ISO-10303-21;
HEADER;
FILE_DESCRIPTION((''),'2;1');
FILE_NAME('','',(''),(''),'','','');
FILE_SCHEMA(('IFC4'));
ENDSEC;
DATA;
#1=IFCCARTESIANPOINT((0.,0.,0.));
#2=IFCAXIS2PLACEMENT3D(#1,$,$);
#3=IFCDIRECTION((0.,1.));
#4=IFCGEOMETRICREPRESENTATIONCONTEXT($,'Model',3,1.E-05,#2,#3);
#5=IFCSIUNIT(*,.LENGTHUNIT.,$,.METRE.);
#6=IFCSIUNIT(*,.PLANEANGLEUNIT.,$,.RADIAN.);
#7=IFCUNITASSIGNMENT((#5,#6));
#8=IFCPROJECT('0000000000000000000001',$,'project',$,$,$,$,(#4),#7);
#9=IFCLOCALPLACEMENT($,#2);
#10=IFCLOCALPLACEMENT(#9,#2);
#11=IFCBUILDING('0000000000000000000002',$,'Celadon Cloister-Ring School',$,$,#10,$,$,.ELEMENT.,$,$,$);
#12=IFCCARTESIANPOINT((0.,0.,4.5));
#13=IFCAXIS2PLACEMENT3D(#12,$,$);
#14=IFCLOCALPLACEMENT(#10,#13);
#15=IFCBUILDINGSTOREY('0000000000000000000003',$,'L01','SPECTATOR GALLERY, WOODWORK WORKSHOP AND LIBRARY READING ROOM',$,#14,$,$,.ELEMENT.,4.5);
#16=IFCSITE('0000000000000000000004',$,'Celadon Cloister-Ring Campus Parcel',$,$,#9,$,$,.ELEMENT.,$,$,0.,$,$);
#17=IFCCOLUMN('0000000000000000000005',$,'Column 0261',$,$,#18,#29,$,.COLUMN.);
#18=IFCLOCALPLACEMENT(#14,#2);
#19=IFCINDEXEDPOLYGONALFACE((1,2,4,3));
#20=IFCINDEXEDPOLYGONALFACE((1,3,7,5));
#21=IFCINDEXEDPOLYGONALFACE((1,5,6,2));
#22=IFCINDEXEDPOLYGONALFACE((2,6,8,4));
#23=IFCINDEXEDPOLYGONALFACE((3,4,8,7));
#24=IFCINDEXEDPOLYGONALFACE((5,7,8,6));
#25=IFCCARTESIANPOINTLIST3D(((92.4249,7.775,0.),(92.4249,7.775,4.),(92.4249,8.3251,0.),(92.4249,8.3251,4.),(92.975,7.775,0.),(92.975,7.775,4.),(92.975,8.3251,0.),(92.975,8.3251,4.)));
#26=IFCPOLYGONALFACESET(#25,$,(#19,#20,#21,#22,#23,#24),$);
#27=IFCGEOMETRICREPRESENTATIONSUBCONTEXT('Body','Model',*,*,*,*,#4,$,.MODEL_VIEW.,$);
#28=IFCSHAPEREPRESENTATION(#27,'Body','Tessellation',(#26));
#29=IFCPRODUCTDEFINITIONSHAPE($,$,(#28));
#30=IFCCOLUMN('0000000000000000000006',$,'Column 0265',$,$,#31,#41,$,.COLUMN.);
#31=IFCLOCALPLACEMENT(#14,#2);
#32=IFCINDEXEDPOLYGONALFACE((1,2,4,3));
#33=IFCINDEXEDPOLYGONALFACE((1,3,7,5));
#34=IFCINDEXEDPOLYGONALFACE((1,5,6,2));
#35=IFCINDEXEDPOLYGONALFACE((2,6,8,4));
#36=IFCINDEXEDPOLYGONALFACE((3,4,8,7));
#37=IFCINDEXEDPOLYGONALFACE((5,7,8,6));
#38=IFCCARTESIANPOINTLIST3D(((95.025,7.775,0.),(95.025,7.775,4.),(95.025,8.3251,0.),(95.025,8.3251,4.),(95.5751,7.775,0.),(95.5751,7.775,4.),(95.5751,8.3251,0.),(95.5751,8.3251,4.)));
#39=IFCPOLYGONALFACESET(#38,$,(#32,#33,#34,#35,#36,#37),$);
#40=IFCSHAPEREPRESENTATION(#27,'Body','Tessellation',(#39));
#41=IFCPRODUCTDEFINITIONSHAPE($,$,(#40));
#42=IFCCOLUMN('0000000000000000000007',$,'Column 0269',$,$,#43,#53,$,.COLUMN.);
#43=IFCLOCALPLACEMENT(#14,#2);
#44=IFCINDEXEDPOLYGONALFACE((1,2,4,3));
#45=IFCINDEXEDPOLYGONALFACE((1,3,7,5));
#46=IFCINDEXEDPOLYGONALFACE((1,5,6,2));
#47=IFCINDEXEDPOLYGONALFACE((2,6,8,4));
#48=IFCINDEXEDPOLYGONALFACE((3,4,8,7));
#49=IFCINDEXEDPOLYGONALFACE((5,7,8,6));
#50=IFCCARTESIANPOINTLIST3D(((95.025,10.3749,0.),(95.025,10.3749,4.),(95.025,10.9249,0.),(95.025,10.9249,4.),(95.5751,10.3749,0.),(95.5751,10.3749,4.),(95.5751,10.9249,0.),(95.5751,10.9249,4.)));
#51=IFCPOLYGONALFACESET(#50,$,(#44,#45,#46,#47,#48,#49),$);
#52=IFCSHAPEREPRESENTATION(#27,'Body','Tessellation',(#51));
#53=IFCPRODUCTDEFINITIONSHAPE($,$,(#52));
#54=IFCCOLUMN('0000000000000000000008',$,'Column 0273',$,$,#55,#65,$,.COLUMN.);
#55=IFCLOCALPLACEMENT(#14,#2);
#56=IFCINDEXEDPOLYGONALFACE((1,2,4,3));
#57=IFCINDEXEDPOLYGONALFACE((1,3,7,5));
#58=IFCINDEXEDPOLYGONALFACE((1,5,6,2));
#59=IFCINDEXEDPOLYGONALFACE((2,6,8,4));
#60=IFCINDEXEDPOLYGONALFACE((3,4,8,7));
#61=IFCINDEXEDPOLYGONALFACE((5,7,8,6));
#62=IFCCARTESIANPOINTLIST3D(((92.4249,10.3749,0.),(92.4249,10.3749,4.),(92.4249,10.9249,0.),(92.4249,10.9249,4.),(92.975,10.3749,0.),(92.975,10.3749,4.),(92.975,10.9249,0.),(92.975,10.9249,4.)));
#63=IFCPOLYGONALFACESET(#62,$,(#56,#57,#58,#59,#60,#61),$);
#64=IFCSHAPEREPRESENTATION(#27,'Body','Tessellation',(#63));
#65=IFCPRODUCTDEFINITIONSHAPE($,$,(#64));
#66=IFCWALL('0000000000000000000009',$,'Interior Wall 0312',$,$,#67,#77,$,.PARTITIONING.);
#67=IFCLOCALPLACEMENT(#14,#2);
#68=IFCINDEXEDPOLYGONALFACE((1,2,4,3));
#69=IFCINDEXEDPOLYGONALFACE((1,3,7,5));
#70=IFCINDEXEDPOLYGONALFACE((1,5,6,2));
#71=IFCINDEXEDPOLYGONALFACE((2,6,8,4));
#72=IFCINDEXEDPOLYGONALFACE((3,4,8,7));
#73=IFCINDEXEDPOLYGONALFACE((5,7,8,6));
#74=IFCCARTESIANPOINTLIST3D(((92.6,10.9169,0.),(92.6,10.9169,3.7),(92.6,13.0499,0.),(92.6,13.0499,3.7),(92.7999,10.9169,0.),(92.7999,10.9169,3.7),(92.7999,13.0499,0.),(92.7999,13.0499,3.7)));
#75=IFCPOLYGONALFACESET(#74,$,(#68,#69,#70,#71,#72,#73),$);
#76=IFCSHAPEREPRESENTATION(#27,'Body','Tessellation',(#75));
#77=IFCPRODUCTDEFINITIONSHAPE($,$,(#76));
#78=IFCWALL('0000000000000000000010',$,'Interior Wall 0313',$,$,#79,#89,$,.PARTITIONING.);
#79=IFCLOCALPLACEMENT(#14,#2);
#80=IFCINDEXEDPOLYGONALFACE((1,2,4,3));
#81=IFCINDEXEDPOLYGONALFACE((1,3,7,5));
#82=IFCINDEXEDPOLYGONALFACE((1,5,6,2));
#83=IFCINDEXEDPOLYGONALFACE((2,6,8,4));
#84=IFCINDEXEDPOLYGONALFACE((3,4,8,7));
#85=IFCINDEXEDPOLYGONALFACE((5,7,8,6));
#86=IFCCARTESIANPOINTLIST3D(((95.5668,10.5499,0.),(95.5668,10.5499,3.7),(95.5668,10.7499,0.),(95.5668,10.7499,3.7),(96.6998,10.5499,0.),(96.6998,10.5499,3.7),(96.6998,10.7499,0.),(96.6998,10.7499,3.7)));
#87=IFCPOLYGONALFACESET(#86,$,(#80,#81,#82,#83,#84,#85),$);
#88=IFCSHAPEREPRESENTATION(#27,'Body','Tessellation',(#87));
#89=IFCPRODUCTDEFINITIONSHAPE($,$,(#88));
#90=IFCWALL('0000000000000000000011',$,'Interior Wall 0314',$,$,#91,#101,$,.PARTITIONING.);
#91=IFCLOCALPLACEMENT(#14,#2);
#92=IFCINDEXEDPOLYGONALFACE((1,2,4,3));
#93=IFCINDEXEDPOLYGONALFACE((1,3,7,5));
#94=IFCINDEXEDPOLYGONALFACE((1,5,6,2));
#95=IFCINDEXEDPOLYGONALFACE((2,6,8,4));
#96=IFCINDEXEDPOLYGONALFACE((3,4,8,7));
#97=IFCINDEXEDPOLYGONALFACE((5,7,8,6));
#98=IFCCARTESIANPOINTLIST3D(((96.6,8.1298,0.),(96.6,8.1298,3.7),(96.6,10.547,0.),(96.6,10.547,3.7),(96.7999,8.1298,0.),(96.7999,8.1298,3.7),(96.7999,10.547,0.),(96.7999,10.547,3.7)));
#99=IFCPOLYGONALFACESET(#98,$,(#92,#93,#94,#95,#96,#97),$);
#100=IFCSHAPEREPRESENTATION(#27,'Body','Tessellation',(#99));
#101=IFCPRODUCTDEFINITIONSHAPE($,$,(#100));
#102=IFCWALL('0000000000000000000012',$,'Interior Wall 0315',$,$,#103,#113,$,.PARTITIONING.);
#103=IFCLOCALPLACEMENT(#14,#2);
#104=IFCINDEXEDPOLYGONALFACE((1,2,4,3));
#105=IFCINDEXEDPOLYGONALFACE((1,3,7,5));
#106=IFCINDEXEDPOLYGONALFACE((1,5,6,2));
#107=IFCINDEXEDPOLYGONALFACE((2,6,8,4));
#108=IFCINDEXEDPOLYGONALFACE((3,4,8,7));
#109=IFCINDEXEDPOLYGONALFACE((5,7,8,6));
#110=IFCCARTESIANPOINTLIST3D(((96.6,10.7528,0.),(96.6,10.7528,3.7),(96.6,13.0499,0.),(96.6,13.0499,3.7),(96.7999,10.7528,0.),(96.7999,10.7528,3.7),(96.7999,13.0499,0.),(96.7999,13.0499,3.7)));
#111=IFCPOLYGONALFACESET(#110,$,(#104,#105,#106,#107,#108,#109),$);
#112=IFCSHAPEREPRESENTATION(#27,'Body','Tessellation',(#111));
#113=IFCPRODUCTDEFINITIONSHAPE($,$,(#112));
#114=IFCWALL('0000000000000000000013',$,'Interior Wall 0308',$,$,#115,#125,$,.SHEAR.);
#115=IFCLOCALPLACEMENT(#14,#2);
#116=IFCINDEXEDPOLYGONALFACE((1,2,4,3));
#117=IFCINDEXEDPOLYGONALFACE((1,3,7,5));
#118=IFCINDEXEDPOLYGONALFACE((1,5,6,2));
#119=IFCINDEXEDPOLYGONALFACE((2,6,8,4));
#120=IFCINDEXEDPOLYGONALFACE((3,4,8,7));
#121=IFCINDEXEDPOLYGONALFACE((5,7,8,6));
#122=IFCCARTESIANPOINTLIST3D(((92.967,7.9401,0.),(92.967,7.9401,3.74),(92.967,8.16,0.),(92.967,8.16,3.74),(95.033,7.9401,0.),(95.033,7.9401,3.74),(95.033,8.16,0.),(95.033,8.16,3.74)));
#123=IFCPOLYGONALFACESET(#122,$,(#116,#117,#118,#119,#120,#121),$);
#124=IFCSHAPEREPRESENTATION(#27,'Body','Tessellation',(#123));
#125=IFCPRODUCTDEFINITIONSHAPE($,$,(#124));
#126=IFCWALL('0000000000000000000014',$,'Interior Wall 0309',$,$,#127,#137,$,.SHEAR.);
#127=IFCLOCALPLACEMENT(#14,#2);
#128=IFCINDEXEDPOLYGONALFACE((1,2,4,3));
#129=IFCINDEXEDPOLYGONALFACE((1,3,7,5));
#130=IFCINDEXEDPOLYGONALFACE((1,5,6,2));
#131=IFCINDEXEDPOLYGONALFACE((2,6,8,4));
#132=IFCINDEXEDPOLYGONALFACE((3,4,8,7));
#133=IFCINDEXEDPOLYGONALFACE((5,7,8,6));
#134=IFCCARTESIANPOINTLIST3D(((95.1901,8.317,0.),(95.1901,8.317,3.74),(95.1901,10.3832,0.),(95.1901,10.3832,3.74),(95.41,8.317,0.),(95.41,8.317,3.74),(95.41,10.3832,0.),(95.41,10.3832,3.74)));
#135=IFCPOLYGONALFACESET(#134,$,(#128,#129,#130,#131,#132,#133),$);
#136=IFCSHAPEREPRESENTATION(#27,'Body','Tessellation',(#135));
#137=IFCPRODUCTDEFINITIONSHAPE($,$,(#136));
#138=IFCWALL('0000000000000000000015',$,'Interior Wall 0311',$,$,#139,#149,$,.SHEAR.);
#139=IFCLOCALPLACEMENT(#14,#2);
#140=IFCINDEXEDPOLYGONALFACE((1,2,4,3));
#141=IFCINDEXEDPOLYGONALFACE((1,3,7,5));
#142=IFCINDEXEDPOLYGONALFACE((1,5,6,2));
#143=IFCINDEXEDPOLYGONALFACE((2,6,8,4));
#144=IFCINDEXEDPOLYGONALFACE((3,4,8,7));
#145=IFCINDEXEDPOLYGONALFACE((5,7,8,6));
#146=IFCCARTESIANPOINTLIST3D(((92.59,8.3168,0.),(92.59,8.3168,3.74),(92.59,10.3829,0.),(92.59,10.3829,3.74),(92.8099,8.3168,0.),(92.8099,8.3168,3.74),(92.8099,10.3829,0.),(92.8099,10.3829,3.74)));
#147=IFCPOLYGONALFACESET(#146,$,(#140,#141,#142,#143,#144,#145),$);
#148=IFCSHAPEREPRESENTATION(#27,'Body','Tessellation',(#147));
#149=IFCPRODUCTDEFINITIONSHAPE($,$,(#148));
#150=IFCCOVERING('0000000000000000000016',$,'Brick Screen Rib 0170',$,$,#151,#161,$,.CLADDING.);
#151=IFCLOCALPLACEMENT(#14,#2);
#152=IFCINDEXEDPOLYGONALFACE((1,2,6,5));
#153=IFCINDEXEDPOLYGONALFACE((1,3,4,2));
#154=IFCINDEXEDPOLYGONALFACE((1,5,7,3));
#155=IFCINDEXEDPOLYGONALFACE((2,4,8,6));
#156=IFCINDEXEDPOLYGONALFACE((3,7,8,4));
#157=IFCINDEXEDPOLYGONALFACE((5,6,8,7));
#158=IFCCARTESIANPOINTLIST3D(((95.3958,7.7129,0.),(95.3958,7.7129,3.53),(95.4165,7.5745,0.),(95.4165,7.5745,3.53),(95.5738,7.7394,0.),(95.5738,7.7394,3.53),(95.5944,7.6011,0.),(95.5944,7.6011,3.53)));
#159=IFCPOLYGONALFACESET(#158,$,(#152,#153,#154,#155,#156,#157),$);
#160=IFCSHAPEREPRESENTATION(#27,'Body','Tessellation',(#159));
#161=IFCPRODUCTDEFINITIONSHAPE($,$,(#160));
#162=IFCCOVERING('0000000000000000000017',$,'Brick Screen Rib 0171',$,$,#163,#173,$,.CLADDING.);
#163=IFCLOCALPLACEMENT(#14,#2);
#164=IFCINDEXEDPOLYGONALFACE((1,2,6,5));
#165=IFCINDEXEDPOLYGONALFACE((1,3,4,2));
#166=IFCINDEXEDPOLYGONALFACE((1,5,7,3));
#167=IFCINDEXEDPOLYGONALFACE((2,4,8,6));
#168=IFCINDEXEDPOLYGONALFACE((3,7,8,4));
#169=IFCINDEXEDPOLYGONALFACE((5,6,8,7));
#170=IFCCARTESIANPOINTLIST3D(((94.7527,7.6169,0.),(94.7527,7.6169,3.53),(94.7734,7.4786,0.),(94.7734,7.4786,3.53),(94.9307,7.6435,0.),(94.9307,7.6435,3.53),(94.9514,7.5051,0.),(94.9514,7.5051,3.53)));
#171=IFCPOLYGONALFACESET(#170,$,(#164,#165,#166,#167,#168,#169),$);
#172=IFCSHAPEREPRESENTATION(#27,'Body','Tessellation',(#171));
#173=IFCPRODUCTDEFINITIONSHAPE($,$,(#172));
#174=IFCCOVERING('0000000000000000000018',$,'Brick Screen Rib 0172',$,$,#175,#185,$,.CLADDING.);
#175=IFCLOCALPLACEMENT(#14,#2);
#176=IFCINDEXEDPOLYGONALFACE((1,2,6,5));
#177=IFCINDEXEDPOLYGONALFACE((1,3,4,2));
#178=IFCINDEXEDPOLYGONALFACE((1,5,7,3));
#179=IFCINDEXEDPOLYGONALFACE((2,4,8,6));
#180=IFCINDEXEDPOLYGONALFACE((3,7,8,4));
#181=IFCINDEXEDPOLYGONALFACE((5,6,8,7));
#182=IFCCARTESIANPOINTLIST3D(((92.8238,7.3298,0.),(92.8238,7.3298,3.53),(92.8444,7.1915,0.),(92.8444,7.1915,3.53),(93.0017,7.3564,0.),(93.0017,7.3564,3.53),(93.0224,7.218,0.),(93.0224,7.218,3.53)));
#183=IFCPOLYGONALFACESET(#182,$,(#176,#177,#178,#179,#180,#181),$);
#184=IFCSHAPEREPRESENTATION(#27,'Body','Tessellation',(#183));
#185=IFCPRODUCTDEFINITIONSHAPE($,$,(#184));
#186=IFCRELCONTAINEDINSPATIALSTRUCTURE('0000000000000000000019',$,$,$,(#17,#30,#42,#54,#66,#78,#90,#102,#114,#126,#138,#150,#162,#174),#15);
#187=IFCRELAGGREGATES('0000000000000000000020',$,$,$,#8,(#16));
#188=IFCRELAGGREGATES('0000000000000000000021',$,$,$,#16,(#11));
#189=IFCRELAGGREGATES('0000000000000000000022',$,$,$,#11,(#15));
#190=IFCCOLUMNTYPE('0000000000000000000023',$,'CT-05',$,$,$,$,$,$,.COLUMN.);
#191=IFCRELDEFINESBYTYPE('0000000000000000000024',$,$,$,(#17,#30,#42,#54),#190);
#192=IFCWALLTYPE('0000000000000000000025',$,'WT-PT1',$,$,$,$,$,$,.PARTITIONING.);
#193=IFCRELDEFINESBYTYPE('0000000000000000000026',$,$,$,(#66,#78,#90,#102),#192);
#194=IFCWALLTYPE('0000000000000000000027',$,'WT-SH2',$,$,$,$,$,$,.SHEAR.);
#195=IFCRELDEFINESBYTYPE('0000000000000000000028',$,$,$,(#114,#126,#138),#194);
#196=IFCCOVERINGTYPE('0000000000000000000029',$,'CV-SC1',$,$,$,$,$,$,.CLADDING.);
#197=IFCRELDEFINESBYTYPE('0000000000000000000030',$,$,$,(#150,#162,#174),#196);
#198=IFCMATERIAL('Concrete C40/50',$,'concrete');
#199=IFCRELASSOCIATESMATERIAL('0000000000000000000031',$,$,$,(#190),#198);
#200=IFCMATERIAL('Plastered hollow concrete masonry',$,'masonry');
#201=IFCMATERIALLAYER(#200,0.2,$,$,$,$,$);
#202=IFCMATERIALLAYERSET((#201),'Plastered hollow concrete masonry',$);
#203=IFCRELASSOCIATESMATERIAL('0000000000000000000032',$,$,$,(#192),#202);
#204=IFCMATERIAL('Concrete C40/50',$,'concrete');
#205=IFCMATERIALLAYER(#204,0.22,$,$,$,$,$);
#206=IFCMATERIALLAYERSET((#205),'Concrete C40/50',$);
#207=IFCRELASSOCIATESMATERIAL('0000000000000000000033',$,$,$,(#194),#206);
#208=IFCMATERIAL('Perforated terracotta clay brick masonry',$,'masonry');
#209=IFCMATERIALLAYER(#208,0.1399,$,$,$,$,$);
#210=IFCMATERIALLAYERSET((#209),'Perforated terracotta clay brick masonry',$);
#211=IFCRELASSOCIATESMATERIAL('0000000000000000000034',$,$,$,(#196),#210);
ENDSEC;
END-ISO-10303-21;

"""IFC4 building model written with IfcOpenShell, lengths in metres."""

from ifc_helpers import new_model, si_unit, direction, frame, frame_2d, origin, origin_2d, place, context, subcontext, project, spatial, rectangle, extrude, material, layer, layer_set, material_profile, profile_set, type_object, element, save


model = new_model("IFC4")

# Units and contexts
model_context = context("Model", 3, precision=1e-05, world=origin(), true_north=direction((0.0, 1.0)))
body_context = subcontext(model_context, "Body", "Model", "MODEL_VIEW")
ifc_project = project(units=[si_unit("LENGTHUNIT", "METRE"), si_unit("PLANEANGLEUNIT", "RADIAN")], contexts=[model_context])

# Site, building, storey
site_placement = place(None, origin())
site = spatial("IfcSite", under=ifc_project, at=site_placement, Name="Celadon Cloister-Ring Campus Parcel", CompositionType="ELEMENT", RefElevation=0.0)
building_placement = place(site_placement, origin())
building = spatial("IfcBuilding", under=site, at=building_placement, Name="Celadon Cloister-Ring School", CompositionType="ELEMENT")
storey_placement = place(building_placement, frame((0.0, 0.0, 4.5)))
storey = spatial("IfcBuildingStorey", under=building, at=storey_placement, Name="L01", Description="SPECTATOR GALLERY, WOODWORK WORKSHOP AND LIBRARY READING ROOM", CompositionType="ELEMENT", Elevation=4.5)

# Columns
ifc_material_1 = material(Name="Concrete C40/50", Category="concrete")
ifc_material_profile = material_profile(ifc_material_1, rectangle(XDim=0.55, YDim=0.55, at=origin_2d()), Name="RC550X550")
ifc_profile_set = profile_set([ifc_material_profile], Name="Concrete C40/50")
column_type = type_object("IfcColumnType", Name="CT-05", PredefinedType="COLUMN", material=ifc_profile_set)
for number, where, z_axis, x_axis, name in (
    (1, (92.7, 8.05, 0.0), (0.0, 0.0, 1.0), (1.0, 0.0, 0.0), "Column 0261"),
    (2, (95.3, 8.05, 0.0), (0.0, 0.0, 1.0), (1.0, 0.0, 0.0), "Column 0265"),
    (3, (95.3, 10.6499, 0.0), (0.0, 0.0, 1.0), (1.0, 0.0, 0.0), "Column 0269"),
    (4, (92.7, 10.6499, 0.0), (0.0, 0.0, 1.0), (1.0, 0.0, 0.0), "Column 0273"),
):
    element("IfcColumn", number, at=place(storey_placement, frame(where, z_axis=z_axis, x_axis=x_axis)), inside=storey, type_object=column_type, Name=name, PredefinedType="COLUMN", context=body_context, shape_type="SweptSolid", body=[
        extrude(rectangle(XDim=0.55, YDim=0.55, at=origin_2d()), origin(), (0.0, 0.0, 1.0), 4.0),
    ])

# Walls
ifc_material_2 = material(Name="Plastered hollow concrete masonry", Category="masonry")
ifc_layer_1 = layer(ifc_material_2, 0.2)
ifc_layer_set_1 = layer_set([ifc_layer_1], Name="Plastered hollow concrete masonry")
wall_type_1 = type_object("IfcWallType", Name="WT-PT1", PredefinedType="PARTITIONING", material=ifc_layer_set_1)
wall_1_placement = place(storey_placement, frame((92.7, 10.917, 0.0), z_axis=(0.0, 0.0, 1.0), x_axis=(0.0, 1.0, 0.0)))
element("IfcWall", 5, at=wall_1_placement, inside=storey, type_object=wall_type_1, Name="Interior Wall 0312", PredefinedType="PARTITIONING", context=body_context, shape_type="SweptSolid", body=[
    extrude(rectangle(XDim=2.1331, YDim=0.2, at=frame_2d((1.0664, 0.0))), origin(), (0.0, 0.0, 1.0), 3.7),
])
wall_2_placement = place(storey_placement, frame((95.5669, 10.6499, 0.0), z_axis=(0.0, 0.0, 1.0), x_axis=(1.0, 0.0, 0.0)))
element("IfcWall", 6, at=wall_2_placement, inside=storey, type_object=wall_type_1, Name="Interior Wall 0313", PredefinedType="PARTITIONING", context=body_context, shape_type="SweptSolid", body=[
    extrude(rectangle(XDim=1.1331, YDim=0.2, at=frame_2d((0.5664, 0.0))), origin(), (0.0, 0.0, 1.0), 3.7),
])
wall_3_placement = place(storey_placement, frame((96.7, 8.1299, 0.0), z_axis=(0.0, 0.0, 1.0), x_axis=(0.0, 1.0, 0.0)))
element("IfcWall", 7, at=wall_3_placement, inside=storey, type_object=wall_type_1, Name="Interior Wall 0314", PredefinedType="PARTITIONING", context=body_context, shape_type="SweptSolid", body=[
    extrude(rectangle(XDim=2.4172, YDim=0.2, at=frame_2d((1.2085, 0.0))), origin(), (0.0, 0.0, 1.0), 3.7),
])
wall_4_placement = place(storey_placement, frame((96.7, 10.7529, 0.0), z_axis=(0.0, 0.0, 1.0), x_axis=(0.0, 1.0, 0.0)))
element("IfcWall", 8, at=wall_4_placement, inside=storey, type_object=wall_type_1, Name="Interior Wall 0315", PredefinedType="PARTITIONING", context=body_context, shape_type="SweptSolid", body=[
    extrude(rectangle(XDim=2.2971, YDim=0.2, at=frame_2d((1.1484, 0.0))), origin(), (0.0, 0.0, 1.0), 3.7),
])
ifc_material_3 = material(Name="Concrete C40/50", Category="concrete")
ifc_layer_2 = layer(ifc_material_3, 0.22)
ifc_layer_set_2 = layer_set([ifc_layer_2], Name="Concrete C40/50")
wall_type_2 = type_object("IfcWallType", Name="WT-SH2", PredefinedType="SHEAR", material=ifc_layer_set_2)
wall_5_placement = place(storey_placement, frame((92.967, 8.05, 0.0), z_axis=(0.0, 0.0, 1.0), x_axis=(1.0, 0.0, 0.0)))
element("IfcWall", 9, at=wall_5_placement, inside=storey, type_object=wall_type_2, Name="Interior Wall 0308", PredefinedType="SHEAR", context=body_context, shape_type="SweptSolid", body=[
    extrude(rectangle(XDim=2.0659, YDim=0.22, at=frame_2d((1.033, 0.0))), origin(), (0.0, 0.0, 1.0), 3.74),
])
wall_6_placement = place(storey_placement, frame((95.3, 8.3169, 0.0), z_axis=(0.0, 0.0, 1.0), x_axis=(0.0, 1.0, 0.0)))
element("IfcWall", 10, at=wall_6_placement, inside=storey, type_object=wall_type_2, Name="Interior Wall 0309", PredefinedType="SHEAR", context=body_context, shape_type="SweptSolid", body=[
    extrude(rectangle(XDim=2.0662, YDim=0.22, at=frame_2d((1.0332, 0.0))), origin(), (0.0, 0.0, 1.0), 3.74),
])

# Wall
wall_7_placement = place(storey_placement, frame((92.7, 10.3831, 0.0), z_axis=(0.0, 0.0, 1.0), x_axis=(0.0, -1.0, 0.0)))
element("IfcWall", 11, at=wall_7_placement, inside=storey, type_object=wall_type_2, Name="Interior Wall 0311", PredefinedType="SHEAR", context=body_context, shape_type="SweptSolid", body=[
    extrude(rectangle(XDim=2.0662, YDim=0.22, at=frame_2d((1.0332, 0.0))), origin(), (0.0, 0.0, 1.0), 3.74),
])

# Coverings
ifc_material_4 = material(Name="Perforated terracotta clay brick masonry", Category="masonry")
ifc_layer_3 = layer(ifc_material_4, 0.1399)
ifc_layer_set_3 = layer_set([ifc_layer_3], Name="Perforated terracotta clay brick masonry")
covering_type = type_object("IfcCoveringType", Name="CV-SC1", PredefinedType="CLADDING", material=ifc_layer_set_3)
for number, where, z_axis, x_axis, name in (
    (12, (95.4951, 7.657, 0.0), (0.0, 0.0, 1.0), (-0.989042, -0.147637, 0.0), "Brick Screen Rib 0170"),
    (13, (94.8521, 7.561, 0.0), (0.0, 0.0, 1.0), (-0.989042, -0.147637, 0.0), "Brick Screen Rib 0171"),
    (14, (92.9231, 7.2739, 0.0), (0.0, 0.0, 1.0), (-0.989042, -0.147637, 0.0), "Brick Screen Rib 0172"),
):
    element("IfcCovering", number, at=place(storey_placement, frame(where, z_axis=z_axis, x_axis=x_axis)), inside=storey, type_object=covering_type, Name=name, PredefinedType="CLADDING", context=body_context, shape_type="SweptSolid", body=[
        extrude(rectangle(XDim=0.1799, YDim=0.1399, at=origin_2d()), origin(), (0.0, 0.0, 1.0), 3.53),
    ])

save(model, "model.ifc")
